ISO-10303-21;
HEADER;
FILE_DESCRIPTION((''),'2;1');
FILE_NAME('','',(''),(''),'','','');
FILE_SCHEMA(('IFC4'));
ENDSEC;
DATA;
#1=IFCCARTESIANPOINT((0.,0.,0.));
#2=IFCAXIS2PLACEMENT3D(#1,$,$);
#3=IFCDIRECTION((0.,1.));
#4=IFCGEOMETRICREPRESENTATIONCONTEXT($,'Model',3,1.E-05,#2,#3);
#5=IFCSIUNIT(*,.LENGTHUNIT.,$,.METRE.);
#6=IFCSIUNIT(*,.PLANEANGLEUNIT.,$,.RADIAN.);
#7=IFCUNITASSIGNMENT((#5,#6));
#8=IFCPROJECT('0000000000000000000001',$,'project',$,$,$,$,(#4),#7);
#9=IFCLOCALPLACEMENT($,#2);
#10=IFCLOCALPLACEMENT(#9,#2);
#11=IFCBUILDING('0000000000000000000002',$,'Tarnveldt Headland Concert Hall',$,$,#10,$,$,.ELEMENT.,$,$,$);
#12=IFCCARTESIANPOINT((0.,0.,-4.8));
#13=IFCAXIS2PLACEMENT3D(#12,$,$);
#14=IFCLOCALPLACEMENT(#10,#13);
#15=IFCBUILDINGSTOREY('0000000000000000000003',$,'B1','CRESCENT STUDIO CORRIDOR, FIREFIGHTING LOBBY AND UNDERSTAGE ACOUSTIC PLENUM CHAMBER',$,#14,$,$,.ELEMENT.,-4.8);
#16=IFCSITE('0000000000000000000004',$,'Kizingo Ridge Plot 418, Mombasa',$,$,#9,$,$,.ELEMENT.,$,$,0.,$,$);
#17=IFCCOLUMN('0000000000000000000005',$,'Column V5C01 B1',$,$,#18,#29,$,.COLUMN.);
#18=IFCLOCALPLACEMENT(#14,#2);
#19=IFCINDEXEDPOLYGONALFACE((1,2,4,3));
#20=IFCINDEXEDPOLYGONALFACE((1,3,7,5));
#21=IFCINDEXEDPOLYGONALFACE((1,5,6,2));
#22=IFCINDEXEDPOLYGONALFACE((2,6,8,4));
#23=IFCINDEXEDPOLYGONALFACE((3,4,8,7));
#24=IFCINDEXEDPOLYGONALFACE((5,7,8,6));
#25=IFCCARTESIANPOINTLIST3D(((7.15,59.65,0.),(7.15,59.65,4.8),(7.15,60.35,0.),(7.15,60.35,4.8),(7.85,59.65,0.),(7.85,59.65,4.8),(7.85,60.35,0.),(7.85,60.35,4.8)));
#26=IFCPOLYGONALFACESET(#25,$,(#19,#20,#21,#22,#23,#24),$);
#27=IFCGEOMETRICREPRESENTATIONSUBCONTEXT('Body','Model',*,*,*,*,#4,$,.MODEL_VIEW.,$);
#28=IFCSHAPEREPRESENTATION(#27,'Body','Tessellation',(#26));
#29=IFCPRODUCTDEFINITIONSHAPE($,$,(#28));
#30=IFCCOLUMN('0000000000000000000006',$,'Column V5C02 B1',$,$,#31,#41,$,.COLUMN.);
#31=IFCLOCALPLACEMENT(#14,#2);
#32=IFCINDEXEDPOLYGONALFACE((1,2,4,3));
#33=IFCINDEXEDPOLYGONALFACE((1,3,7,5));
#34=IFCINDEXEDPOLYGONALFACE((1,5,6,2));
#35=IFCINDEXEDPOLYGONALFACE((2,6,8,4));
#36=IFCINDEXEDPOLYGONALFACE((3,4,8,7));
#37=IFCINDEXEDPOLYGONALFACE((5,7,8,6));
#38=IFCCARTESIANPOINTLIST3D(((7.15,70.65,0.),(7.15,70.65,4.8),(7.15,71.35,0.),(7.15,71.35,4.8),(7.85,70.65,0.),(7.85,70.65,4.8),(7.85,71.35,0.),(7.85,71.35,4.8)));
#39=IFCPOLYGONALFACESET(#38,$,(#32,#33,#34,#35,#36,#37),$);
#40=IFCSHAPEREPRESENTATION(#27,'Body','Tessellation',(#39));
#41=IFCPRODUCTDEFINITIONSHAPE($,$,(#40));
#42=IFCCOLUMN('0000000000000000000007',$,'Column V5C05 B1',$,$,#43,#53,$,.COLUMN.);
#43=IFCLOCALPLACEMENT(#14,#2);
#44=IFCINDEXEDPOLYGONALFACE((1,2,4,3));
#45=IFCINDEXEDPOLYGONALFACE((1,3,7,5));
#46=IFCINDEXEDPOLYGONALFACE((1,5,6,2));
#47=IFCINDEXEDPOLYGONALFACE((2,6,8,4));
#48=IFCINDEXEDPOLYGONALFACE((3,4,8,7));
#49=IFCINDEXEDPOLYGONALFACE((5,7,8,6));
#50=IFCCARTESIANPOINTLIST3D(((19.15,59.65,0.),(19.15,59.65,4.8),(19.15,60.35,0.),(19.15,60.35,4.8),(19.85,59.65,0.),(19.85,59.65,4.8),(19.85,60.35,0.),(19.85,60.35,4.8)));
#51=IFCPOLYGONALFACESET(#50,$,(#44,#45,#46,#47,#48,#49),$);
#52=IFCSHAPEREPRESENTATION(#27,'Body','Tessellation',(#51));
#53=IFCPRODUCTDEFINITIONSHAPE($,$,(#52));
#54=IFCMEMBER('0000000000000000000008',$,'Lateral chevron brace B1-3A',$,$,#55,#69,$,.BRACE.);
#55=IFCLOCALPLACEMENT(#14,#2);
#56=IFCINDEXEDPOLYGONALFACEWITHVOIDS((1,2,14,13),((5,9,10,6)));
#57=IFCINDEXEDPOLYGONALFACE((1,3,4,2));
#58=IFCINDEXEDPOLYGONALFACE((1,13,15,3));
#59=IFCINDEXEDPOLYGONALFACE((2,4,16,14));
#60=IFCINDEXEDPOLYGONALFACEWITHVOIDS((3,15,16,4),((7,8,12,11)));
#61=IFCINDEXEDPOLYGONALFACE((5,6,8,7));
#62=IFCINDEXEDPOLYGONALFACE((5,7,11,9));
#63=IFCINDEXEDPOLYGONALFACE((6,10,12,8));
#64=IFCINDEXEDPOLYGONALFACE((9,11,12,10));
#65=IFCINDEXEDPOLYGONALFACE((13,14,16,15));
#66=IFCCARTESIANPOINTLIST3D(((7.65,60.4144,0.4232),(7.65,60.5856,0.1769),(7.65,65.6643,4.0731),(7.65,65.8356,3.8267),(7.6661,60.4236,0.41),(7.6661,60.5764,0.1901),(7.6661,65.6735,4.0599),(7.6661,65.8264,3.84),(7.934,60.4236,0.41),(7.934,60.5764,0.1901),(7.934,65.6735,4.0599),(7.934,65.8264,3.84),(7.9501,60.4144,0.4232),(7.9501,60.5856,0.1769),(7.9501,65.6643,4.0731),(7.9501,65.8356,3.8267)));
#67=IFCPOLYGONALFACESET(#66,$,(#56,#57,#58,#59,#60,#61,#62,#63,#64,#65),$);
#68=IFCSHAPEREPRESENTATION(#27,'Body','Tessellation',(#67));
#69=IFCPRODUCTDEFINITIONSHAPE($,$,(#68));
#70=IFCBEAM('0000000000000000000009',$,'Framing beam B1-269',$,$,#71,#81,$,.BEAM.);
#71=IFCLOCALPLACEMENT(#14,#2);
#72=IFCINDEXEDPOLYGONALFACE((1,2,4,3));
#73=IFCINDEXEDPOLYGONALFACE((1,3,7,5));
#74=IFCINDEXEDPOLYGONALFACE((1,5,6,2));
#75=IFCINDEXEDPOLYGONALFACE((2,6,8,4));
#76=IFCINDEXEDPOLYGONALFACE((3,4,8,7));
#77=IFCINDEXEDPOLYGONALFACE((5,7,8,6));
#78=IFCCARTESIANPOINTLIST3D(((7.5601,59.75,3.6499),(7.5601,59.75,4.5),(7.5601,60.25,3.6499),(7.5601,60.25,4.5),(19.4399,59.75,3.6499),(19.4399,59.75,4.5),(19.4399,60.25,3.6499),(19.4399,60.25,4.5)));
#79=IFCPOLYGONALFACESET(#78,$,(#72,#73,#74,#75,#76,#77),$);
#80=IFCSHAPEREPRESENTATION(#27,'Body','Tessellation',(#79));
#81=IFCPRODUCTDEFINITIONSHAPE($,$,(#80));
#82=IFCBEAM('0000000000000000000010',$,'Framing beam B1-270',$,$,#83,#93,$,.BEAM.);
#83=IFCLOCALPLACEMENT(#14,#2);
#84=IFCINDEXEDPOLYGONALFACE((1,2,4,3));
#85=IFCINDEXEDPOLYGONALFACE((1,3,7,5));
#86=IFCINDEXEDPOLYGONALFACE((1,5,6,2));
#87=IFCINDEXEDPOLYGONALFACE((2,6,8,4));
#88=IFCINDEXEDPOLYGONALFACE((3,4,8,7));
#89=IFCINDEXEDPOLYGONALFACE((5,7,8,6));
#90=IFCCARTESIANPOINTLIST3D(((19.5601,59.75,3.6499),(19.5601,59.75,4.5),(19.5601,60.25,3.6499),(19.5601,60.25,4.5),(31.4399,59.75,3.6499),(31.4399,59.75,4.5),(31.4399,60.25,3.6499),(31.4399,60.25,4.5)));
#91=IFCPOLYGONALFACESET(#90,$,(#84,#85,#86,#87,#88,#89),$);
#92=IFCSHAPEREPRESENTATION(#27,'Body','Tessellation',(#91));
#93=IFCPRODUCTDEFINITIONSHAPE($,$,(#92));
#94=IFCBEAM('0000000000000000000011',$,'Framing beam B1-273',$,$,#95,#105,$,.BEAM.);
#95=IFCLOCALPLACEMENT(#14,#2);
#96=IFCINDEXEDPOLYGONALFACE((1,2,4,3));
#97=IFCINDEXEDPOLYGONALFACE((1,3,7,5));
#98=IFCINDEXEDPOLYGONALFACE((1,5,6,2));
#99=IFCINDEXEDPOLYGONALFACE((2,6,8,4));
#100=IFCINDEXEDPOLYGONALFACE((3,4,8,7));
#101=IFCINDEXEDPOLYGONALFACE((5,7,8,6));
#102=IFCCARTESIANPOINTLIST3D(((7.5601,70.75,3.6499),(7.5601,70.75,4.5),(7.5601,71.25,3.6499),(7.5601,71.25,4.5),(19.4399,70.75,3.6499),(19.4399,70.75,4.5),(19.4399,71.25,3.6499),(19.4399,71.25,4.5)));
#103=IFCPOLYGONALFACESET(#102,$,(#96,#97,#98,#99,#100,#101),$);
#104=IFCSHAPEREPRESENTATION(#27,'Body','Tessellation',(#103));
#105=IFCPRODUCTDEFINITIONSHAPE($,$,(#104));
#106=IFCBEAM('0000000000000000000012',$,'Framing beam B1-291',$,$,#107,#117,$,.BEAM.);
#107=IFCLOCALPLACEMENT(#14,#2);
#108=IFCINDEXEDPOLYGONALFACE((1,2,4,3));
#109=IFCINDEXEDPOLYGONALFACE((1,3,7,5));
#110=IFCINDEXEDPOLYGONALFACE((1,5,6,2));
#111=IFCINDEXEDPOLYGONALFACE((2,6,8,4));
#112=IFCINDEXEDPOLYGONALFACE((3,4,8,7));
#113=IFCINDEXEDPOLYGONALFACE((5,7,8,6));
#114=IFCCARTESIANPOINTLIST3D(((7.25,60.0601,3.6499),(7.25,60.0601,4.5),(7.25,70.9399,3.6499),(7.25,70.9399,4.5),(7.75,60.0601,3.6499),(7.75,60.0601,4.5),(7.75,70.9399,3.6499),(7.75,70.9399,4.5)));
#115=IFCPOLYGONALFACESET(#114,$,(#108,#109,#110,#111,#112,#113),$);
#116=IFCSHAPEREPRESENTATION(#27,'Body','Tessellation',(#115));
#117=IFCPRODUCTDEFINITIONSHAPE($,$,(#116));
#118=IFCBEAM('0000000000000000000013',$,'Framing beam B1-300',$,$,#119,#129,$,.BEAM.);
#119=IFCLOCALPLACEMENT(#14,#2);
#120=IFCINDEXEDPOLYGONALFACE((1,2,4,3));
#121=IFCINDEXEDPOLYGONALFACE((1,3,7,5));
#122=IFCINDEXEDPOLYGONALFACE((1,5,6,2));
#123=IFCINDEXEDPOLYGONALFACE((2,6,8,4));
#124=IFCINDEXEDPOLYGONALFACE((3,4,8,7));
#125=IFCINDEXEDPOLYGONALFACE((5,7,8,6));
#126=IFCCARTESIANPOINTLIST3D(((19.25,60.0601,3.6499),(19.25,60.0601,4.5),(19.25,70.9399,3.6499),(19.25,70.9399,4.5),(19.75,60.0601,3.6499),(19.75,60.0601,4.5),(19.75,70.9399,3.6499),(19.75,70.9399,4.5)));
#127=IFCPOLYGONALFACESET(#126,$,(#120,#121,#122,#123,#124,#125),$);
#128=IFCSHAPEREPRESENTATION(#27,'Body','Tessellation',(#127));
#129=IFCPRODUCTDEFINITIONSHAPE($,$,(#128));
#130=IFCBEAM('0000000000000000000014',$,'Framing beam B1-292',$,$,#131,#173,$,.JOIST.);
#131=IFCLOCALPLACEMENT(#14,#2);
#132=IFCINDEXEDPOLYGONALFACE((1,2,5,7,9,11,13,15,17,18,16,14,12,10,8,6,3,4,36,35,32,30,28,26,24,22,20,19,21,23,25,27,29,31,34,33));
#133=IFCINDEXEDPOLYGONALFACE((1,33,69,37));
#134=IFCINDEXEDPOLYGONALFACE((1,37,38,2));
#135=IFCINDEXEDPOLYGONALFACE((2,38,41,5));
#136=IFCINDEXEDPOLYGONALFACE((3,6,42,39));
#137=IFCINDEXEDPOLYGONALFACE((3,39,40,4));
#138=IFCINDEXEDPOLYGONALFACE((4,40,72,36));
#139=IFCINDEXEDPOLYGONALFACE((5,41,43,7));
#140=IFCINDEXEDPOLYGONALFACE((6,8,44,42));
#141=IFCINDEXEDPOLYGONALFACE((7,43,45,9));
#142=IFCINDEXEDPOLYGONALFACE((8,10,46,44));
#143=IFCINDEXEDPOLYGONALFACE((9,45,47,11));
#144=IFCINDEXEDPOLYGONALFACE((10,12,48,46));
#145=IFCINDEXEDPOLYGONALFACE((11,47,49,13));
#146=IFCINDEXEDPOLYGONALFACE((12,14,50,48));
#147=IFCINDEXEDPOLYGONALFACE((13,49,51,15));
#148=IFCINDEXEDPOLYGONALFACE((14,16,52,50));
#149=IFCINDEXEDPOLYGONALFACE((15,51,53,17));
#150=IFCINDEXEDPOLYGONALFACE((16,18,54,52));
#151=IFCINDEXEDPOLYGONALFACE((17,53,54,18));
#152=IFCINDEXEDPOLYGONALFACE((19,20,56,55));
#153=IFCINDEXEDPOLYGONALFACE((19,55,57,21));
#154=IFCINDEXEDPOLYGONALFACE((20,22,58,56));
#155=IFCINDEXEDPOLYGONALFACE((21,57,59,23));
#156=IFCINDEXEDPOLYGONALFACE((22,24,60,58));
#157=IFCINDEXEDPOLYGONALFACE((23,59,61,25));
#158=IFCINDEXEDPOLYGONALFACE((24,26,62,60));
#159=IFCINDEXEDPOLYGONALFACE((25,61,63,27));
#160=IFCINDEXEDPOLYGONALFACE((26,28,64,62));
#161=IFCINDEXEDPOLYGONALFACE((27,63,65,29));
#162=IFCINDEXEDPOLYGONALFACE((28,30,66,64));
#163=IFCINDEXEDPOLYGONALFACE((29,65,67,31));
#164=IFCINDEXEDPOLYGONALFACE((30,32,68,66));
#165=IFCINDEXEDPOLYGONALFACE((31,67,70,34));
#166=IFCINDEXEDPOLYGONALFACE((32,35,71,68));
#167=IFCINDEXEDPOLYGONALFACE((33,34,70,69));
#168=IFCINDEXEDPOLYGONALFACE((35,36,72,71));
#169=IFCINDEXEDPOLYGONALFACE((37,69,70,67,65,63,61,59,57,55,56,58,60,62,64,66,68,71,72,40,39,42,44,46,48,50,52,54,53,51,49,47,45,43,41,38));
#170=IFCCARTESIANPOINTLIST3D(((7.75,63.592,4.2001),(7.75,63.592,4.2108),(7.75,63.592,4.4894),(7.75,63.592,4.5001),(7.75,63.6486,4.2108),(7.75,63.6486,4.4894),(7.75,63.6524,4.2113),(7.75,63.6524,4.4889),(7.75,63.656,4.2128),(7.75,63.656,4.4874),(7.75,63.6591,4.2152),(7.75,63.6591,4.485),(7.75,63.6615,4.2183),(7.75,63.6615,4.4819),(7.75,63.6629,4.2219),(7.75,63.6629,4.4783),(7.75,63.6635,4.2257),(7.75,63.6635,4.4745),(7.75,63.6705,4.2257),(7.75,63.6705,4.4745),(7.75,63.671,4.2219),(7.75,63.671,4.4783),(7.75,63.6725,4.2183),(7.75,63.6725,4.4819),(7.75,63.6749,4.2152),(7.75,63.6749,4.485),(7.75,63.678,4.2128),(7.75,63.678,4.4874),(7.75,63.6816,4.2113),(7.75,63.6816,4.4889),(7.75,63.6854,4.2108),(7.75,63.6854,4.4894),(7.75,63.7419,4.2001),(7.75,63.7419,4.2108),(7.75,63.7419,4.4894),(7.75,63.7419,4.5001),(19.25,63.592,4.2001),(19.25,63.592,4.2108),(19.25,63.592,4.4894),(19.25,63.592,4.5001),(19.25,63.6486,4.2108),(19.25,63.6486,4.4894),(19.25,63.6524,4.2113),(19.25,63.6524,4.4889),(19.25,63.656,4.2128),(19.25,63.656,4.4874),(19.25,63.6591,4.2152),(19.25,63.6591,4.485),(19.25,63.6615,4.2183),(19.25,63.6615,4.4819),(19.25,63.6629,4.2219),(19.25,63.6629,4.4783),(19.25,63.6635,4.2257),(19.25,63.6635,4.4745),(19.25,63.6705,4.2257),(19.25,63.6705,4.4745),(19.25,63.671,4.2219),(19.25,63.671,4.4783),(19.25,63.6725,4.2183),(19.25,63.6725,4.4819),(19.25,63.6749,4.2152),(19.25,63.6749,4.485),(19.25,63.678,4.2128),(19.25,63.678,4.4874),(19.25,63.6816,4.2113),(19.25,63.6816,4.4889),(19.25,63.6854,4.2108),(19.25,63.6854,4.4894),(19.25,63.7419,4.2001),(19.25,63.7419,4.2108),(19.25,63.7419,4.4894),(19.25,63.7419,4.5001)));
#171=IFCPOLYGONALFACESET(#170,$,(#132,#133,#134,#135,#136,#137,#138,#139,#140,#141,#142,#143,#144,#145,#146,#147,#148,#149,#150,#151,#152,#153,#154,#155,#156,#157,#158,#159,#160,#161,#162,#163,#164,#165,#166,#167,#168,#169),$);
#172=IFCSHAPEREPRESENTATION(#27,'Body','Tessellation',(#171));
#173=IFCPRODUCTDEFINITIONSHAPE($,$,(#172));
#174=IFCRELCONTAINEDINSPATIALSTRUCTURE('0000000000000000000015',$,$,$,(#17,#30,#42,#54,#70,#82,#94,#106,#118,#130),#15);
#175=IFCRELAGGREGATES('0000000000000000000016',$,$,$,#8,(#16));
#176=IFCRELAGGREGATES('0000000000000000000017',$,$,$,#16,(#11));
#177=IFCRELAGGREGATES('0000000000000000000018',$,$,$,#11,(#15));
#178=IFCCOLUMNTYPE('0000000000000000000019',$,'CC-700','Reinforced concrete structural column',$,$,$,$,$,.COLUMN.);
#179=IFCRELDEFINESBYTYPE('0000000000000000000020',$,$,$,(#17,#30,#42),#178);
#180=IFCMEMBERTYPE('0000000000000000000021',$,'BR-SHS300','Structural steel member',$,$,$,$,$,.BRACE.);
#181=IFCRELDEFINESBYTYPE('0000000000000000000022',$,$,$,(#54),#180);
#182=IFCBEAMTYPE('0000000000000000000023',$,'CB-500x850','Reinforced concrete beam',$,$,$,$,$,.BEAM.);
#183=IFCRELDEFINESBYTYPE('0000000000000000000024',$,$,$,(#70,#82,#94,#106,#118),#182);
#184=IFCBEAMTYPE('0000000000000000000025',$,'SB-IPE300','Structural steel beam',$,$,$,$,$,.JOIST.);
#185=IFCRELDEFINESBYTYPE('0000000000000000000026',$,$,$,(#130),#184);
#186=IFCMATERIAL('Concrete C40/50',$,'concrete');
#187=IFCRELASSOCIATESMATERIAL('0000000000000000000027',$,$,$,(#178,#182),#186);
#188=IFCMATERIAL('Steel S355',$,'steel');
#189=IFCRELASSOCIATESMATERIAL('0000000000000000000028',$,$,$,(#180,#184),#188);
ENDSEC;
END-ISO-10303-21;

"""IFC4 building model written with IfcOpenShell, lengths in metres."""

from ifc_helpers import new_model, si_unit, direction, frame, origin, origin_2d, place, context, subcontext, project, spatial, rectangle, hollow_rectangle, i_section, extrude, material, material_profile, profile_set, type_object, element, save


model = new_model("IFC4")

# Units and contexts
model_context = context("Model", 3, precision=1e-05, world=origin(), true_north=direction((0.0, 1.0)))
body_context = subcontext(model_context, "Body", "Model", "MODEL_VIEW")
ifc_project = project(units=[si_unit("LENGTHUNIT", "METRE"), si_unit("PLANEANGLEUNIT", "RADIAN")], contexts=[model_context])

# Site, building, storey
site_placement = place(None, origin())
site = spatial("IfcSite", under=ifc_project, at=site_placement, Name="Kizingo Ridge Plot 418, Mombasa", CompositionType="ELEMENT", RefElevation=0.0)
building_placement = place(site_placement, origin())
building = spatial("IfcBuilding", under=site, at=building_placement, Name="Tarnveldt Headland Concert Hall", CompositionType="ELEMENT")
storey_placement = place(building_placement, frame((0.0, 0.0, -4.8)))
storey = spatial("IfcBuildingStorey", under=building, at=storey_placement, Name="B1", Description="CRESCENT STUDIO CORRIDOR, FIREFIGHTING LOBBY AND UNDERSTAGE ACOUSTIC PLENUM CHAMBER", CompositionType="ELEMENT", Elevation=-4.8)

# Shared definitions
ifc_material_1 = material(Name="Concrete C40/50", Category="concrete")

# Columns
ifc_material_profile_1 = material_profile(ifc_material_1, rectangle(XDim=0.7, YDim=0.7, at=origin_2d()), Name="RC 700x700", Category="concrete")
ifc_profile_set_1 = profile_set([ifc_material_profile_1], Name="Concrete C40/50")
column_type = type_object("IfcColumnType", Name="CC-700", Description="Reinforced concrete structural column", PredefinedType="COLUMN", material=ifc_profile_set_1)
for number, where, z_axis, x_axis, name in (
    (1, (7.5, 60.0, 0.0), (0.0, 0.0, 1.0), (1.0, 0.0, 0.0), "Column V5C01 B1"),
    (2, (7.5, 71.0, 0.0), (0.0, 0.0, 1.0), (1.0, 0.0, 0.0), "Column V5C02 B1"),
    (3, (19.5, 60.0, 0.0), (0.0, 0.0, 1.0), (1.0, 0.0, 0.0), "Column V5C05 B1"),
):
    element("IfcColumn", number, at=place(storey_placement, frame(where, z_axis=z_axis, x_axis=x_axis)), inside=storey, type_object=column_type, Name=name, PredefinedType="COLUMN", context=body_context, shape_type="SweptSolid", body=[
        extrude(rectangle(XDim=0.7, YDim=0.7, at=origin_2d()), origin(), (0.0, 0.0, 1.0), 4.8),
    ])

# Member
ifc_material_2 = material(Name="Steel S355", Category="steel")
ifc_material_profile_2 = material_profile(ifc_material_2, hollow_rectangle(XDim=0.3, YDim=0.3, WallThickness=0.0161, at=origin_2d()), Name="SHS 300x300x16", Category="steel")
ifc_profile_set_2 = profile_set([ifc_material_profile_2], Name="Steel S355")
member_type = type_object("IfcMemberType", Name="BR-SHS300", Description="Structural steel member", PredefinedType="BRACE", material=ifc_profile_set_2)
member_placement = place(storey_placement, frame((7.8, 60.5, 0.3), z_axis=(0.0, 0.821072, 0.570825), x_axis=(-1.0, 0.0, 0.0)))
element("IfcMember", 4, at=member_placement, inside=storey, type_object=member_type, Name="Lateral chevron brace B1-3A", PredefinedType="BRACE", context=body_context, shape_type="SweptSolid", body=[
    extrude(hollow_rectangle(XDim=0.3, YDim=0.3, WallThickness=0.0161, at=origin_2d()), origin(), (0.0, 0.0, 1.0), 6.394),
])

# Beams
ifc_material_profile_3 = material_profile(ifc_material_1, rectangle(XDim=0.5, YDim=0.8501, at=origin_2d()), Name="RC 500x850", Category="concrete")
ifc_profile_set_3 = profile_set([ifc_material_profile_3], Name="Concrete C40/50")
beam_type_1 = type_object("IfcBeamType", Name="CB-500x850", Description="Reinforced concrete beam", PredefinedType="BEAM", material=ifc_profile_set_3)
for number, where, z_axis, x_axis, name in (
    (5, (7.5601, 60.0, 4.075), (1.0, 0.0, 0.0), (0.0, 1.0, 0.0), "Framing beam B1-269"),
    (6, (19.5601, 60.0, 4.075), (1.0, 0.0, 0.0), (0.0, 1.0, 0.0), "Framing beam B1-270"),
    (7, (7.5601, 71.0, 4.075), (1.0, 0.0, 0.0), (0.0, 1.0, 0.0), "Framing beam B1-273"),
):
    element("IfcBeam", number, at=place(storey_placement, frame(where, z_axis=z_axis, x_axis=x_axis)), inside=storey, type_object=beam_type_1, Name=name, PredefinedType="BEAM", context=body_context, shape_type="SweptSolid", body=[
        extrude(rectangle(XDim=0.5, YDim=0.8501, at=origin_2d()), origin(), (0.0, 0.0, 1.0), 11.8799),
    ])
for number, where, z_axis, x_axis, name in (
    (8, (7.5, 60.0601, 4.075), (0.0, 1.0, 0.0), (-1.0, 0.0, 0.0), "Framing beam B1-291"),
    (9, (19.5, 60.0601, 4.075), (0.0, 1.0, 0.0), (-1.0, 0.0, 0.0), "Framing beam B1-300"),
):
    element("IfcBeam", number, at=place(storey_placement, frame(where, z_axis=z_axis, x_axis=x_axis)), inside=storey, type_object=beam_type_1, Name=name, PredefinedType="BEAM", context=body_context, shape_type="SweptSolid", body=[
        extrude(rectangle(XDim=0.5, YDim=0.8501, at=origin_2d()), origin(), (0.0, 0.0, 1.0), 10.8799),
    ])
ifc_material_profile_4 = material_profile(ifc_material_2, i_section(OverallWidth=0.1499, OverallDepth=0.3, WebThickness=0.0071, FlangeThickness=0.0107, FilletRadius=0.0149, at=origin_2d()), Name="IPE300", Category="steel")
ifc_profile_set_4 = profile_set([ifc_material_profile_4], Name="Steel S355")
beam_type_2 = type_object("IfcBeamType", Name="SB-IPE300", Description="Structural steel beam", PredefinedType="JOIST", material=ifc_profile_set_4)
for number, where, z_axis, x_axis, name in (
    (10, (7.75, 63.667, 4.3501), (1.0, 0.0, 0.0), (0.0, 1.0, 0.0), "Framing beam B1-292"),
):
    element("IfcBeam", number, at=place(storey_placement, frame(where, z_axis=z_axis, x_axis=x_axis)), inside=storey, type_object=beam_type_2, Name=name, PredefinedType="JOIST", context=body_context, shape_type="SweptSolid", body=[
        extrude(i_section(OverallWidth=0.1499, OverallDepth=0.3, WebThickness=0.0071, FlangeThickness=0.0107, FilletRadius=0.0149, at=origin_2d()), origin(), (0.0, 0.0, 1.0), 11.5),
    ])

save(model, "model.ifc")
